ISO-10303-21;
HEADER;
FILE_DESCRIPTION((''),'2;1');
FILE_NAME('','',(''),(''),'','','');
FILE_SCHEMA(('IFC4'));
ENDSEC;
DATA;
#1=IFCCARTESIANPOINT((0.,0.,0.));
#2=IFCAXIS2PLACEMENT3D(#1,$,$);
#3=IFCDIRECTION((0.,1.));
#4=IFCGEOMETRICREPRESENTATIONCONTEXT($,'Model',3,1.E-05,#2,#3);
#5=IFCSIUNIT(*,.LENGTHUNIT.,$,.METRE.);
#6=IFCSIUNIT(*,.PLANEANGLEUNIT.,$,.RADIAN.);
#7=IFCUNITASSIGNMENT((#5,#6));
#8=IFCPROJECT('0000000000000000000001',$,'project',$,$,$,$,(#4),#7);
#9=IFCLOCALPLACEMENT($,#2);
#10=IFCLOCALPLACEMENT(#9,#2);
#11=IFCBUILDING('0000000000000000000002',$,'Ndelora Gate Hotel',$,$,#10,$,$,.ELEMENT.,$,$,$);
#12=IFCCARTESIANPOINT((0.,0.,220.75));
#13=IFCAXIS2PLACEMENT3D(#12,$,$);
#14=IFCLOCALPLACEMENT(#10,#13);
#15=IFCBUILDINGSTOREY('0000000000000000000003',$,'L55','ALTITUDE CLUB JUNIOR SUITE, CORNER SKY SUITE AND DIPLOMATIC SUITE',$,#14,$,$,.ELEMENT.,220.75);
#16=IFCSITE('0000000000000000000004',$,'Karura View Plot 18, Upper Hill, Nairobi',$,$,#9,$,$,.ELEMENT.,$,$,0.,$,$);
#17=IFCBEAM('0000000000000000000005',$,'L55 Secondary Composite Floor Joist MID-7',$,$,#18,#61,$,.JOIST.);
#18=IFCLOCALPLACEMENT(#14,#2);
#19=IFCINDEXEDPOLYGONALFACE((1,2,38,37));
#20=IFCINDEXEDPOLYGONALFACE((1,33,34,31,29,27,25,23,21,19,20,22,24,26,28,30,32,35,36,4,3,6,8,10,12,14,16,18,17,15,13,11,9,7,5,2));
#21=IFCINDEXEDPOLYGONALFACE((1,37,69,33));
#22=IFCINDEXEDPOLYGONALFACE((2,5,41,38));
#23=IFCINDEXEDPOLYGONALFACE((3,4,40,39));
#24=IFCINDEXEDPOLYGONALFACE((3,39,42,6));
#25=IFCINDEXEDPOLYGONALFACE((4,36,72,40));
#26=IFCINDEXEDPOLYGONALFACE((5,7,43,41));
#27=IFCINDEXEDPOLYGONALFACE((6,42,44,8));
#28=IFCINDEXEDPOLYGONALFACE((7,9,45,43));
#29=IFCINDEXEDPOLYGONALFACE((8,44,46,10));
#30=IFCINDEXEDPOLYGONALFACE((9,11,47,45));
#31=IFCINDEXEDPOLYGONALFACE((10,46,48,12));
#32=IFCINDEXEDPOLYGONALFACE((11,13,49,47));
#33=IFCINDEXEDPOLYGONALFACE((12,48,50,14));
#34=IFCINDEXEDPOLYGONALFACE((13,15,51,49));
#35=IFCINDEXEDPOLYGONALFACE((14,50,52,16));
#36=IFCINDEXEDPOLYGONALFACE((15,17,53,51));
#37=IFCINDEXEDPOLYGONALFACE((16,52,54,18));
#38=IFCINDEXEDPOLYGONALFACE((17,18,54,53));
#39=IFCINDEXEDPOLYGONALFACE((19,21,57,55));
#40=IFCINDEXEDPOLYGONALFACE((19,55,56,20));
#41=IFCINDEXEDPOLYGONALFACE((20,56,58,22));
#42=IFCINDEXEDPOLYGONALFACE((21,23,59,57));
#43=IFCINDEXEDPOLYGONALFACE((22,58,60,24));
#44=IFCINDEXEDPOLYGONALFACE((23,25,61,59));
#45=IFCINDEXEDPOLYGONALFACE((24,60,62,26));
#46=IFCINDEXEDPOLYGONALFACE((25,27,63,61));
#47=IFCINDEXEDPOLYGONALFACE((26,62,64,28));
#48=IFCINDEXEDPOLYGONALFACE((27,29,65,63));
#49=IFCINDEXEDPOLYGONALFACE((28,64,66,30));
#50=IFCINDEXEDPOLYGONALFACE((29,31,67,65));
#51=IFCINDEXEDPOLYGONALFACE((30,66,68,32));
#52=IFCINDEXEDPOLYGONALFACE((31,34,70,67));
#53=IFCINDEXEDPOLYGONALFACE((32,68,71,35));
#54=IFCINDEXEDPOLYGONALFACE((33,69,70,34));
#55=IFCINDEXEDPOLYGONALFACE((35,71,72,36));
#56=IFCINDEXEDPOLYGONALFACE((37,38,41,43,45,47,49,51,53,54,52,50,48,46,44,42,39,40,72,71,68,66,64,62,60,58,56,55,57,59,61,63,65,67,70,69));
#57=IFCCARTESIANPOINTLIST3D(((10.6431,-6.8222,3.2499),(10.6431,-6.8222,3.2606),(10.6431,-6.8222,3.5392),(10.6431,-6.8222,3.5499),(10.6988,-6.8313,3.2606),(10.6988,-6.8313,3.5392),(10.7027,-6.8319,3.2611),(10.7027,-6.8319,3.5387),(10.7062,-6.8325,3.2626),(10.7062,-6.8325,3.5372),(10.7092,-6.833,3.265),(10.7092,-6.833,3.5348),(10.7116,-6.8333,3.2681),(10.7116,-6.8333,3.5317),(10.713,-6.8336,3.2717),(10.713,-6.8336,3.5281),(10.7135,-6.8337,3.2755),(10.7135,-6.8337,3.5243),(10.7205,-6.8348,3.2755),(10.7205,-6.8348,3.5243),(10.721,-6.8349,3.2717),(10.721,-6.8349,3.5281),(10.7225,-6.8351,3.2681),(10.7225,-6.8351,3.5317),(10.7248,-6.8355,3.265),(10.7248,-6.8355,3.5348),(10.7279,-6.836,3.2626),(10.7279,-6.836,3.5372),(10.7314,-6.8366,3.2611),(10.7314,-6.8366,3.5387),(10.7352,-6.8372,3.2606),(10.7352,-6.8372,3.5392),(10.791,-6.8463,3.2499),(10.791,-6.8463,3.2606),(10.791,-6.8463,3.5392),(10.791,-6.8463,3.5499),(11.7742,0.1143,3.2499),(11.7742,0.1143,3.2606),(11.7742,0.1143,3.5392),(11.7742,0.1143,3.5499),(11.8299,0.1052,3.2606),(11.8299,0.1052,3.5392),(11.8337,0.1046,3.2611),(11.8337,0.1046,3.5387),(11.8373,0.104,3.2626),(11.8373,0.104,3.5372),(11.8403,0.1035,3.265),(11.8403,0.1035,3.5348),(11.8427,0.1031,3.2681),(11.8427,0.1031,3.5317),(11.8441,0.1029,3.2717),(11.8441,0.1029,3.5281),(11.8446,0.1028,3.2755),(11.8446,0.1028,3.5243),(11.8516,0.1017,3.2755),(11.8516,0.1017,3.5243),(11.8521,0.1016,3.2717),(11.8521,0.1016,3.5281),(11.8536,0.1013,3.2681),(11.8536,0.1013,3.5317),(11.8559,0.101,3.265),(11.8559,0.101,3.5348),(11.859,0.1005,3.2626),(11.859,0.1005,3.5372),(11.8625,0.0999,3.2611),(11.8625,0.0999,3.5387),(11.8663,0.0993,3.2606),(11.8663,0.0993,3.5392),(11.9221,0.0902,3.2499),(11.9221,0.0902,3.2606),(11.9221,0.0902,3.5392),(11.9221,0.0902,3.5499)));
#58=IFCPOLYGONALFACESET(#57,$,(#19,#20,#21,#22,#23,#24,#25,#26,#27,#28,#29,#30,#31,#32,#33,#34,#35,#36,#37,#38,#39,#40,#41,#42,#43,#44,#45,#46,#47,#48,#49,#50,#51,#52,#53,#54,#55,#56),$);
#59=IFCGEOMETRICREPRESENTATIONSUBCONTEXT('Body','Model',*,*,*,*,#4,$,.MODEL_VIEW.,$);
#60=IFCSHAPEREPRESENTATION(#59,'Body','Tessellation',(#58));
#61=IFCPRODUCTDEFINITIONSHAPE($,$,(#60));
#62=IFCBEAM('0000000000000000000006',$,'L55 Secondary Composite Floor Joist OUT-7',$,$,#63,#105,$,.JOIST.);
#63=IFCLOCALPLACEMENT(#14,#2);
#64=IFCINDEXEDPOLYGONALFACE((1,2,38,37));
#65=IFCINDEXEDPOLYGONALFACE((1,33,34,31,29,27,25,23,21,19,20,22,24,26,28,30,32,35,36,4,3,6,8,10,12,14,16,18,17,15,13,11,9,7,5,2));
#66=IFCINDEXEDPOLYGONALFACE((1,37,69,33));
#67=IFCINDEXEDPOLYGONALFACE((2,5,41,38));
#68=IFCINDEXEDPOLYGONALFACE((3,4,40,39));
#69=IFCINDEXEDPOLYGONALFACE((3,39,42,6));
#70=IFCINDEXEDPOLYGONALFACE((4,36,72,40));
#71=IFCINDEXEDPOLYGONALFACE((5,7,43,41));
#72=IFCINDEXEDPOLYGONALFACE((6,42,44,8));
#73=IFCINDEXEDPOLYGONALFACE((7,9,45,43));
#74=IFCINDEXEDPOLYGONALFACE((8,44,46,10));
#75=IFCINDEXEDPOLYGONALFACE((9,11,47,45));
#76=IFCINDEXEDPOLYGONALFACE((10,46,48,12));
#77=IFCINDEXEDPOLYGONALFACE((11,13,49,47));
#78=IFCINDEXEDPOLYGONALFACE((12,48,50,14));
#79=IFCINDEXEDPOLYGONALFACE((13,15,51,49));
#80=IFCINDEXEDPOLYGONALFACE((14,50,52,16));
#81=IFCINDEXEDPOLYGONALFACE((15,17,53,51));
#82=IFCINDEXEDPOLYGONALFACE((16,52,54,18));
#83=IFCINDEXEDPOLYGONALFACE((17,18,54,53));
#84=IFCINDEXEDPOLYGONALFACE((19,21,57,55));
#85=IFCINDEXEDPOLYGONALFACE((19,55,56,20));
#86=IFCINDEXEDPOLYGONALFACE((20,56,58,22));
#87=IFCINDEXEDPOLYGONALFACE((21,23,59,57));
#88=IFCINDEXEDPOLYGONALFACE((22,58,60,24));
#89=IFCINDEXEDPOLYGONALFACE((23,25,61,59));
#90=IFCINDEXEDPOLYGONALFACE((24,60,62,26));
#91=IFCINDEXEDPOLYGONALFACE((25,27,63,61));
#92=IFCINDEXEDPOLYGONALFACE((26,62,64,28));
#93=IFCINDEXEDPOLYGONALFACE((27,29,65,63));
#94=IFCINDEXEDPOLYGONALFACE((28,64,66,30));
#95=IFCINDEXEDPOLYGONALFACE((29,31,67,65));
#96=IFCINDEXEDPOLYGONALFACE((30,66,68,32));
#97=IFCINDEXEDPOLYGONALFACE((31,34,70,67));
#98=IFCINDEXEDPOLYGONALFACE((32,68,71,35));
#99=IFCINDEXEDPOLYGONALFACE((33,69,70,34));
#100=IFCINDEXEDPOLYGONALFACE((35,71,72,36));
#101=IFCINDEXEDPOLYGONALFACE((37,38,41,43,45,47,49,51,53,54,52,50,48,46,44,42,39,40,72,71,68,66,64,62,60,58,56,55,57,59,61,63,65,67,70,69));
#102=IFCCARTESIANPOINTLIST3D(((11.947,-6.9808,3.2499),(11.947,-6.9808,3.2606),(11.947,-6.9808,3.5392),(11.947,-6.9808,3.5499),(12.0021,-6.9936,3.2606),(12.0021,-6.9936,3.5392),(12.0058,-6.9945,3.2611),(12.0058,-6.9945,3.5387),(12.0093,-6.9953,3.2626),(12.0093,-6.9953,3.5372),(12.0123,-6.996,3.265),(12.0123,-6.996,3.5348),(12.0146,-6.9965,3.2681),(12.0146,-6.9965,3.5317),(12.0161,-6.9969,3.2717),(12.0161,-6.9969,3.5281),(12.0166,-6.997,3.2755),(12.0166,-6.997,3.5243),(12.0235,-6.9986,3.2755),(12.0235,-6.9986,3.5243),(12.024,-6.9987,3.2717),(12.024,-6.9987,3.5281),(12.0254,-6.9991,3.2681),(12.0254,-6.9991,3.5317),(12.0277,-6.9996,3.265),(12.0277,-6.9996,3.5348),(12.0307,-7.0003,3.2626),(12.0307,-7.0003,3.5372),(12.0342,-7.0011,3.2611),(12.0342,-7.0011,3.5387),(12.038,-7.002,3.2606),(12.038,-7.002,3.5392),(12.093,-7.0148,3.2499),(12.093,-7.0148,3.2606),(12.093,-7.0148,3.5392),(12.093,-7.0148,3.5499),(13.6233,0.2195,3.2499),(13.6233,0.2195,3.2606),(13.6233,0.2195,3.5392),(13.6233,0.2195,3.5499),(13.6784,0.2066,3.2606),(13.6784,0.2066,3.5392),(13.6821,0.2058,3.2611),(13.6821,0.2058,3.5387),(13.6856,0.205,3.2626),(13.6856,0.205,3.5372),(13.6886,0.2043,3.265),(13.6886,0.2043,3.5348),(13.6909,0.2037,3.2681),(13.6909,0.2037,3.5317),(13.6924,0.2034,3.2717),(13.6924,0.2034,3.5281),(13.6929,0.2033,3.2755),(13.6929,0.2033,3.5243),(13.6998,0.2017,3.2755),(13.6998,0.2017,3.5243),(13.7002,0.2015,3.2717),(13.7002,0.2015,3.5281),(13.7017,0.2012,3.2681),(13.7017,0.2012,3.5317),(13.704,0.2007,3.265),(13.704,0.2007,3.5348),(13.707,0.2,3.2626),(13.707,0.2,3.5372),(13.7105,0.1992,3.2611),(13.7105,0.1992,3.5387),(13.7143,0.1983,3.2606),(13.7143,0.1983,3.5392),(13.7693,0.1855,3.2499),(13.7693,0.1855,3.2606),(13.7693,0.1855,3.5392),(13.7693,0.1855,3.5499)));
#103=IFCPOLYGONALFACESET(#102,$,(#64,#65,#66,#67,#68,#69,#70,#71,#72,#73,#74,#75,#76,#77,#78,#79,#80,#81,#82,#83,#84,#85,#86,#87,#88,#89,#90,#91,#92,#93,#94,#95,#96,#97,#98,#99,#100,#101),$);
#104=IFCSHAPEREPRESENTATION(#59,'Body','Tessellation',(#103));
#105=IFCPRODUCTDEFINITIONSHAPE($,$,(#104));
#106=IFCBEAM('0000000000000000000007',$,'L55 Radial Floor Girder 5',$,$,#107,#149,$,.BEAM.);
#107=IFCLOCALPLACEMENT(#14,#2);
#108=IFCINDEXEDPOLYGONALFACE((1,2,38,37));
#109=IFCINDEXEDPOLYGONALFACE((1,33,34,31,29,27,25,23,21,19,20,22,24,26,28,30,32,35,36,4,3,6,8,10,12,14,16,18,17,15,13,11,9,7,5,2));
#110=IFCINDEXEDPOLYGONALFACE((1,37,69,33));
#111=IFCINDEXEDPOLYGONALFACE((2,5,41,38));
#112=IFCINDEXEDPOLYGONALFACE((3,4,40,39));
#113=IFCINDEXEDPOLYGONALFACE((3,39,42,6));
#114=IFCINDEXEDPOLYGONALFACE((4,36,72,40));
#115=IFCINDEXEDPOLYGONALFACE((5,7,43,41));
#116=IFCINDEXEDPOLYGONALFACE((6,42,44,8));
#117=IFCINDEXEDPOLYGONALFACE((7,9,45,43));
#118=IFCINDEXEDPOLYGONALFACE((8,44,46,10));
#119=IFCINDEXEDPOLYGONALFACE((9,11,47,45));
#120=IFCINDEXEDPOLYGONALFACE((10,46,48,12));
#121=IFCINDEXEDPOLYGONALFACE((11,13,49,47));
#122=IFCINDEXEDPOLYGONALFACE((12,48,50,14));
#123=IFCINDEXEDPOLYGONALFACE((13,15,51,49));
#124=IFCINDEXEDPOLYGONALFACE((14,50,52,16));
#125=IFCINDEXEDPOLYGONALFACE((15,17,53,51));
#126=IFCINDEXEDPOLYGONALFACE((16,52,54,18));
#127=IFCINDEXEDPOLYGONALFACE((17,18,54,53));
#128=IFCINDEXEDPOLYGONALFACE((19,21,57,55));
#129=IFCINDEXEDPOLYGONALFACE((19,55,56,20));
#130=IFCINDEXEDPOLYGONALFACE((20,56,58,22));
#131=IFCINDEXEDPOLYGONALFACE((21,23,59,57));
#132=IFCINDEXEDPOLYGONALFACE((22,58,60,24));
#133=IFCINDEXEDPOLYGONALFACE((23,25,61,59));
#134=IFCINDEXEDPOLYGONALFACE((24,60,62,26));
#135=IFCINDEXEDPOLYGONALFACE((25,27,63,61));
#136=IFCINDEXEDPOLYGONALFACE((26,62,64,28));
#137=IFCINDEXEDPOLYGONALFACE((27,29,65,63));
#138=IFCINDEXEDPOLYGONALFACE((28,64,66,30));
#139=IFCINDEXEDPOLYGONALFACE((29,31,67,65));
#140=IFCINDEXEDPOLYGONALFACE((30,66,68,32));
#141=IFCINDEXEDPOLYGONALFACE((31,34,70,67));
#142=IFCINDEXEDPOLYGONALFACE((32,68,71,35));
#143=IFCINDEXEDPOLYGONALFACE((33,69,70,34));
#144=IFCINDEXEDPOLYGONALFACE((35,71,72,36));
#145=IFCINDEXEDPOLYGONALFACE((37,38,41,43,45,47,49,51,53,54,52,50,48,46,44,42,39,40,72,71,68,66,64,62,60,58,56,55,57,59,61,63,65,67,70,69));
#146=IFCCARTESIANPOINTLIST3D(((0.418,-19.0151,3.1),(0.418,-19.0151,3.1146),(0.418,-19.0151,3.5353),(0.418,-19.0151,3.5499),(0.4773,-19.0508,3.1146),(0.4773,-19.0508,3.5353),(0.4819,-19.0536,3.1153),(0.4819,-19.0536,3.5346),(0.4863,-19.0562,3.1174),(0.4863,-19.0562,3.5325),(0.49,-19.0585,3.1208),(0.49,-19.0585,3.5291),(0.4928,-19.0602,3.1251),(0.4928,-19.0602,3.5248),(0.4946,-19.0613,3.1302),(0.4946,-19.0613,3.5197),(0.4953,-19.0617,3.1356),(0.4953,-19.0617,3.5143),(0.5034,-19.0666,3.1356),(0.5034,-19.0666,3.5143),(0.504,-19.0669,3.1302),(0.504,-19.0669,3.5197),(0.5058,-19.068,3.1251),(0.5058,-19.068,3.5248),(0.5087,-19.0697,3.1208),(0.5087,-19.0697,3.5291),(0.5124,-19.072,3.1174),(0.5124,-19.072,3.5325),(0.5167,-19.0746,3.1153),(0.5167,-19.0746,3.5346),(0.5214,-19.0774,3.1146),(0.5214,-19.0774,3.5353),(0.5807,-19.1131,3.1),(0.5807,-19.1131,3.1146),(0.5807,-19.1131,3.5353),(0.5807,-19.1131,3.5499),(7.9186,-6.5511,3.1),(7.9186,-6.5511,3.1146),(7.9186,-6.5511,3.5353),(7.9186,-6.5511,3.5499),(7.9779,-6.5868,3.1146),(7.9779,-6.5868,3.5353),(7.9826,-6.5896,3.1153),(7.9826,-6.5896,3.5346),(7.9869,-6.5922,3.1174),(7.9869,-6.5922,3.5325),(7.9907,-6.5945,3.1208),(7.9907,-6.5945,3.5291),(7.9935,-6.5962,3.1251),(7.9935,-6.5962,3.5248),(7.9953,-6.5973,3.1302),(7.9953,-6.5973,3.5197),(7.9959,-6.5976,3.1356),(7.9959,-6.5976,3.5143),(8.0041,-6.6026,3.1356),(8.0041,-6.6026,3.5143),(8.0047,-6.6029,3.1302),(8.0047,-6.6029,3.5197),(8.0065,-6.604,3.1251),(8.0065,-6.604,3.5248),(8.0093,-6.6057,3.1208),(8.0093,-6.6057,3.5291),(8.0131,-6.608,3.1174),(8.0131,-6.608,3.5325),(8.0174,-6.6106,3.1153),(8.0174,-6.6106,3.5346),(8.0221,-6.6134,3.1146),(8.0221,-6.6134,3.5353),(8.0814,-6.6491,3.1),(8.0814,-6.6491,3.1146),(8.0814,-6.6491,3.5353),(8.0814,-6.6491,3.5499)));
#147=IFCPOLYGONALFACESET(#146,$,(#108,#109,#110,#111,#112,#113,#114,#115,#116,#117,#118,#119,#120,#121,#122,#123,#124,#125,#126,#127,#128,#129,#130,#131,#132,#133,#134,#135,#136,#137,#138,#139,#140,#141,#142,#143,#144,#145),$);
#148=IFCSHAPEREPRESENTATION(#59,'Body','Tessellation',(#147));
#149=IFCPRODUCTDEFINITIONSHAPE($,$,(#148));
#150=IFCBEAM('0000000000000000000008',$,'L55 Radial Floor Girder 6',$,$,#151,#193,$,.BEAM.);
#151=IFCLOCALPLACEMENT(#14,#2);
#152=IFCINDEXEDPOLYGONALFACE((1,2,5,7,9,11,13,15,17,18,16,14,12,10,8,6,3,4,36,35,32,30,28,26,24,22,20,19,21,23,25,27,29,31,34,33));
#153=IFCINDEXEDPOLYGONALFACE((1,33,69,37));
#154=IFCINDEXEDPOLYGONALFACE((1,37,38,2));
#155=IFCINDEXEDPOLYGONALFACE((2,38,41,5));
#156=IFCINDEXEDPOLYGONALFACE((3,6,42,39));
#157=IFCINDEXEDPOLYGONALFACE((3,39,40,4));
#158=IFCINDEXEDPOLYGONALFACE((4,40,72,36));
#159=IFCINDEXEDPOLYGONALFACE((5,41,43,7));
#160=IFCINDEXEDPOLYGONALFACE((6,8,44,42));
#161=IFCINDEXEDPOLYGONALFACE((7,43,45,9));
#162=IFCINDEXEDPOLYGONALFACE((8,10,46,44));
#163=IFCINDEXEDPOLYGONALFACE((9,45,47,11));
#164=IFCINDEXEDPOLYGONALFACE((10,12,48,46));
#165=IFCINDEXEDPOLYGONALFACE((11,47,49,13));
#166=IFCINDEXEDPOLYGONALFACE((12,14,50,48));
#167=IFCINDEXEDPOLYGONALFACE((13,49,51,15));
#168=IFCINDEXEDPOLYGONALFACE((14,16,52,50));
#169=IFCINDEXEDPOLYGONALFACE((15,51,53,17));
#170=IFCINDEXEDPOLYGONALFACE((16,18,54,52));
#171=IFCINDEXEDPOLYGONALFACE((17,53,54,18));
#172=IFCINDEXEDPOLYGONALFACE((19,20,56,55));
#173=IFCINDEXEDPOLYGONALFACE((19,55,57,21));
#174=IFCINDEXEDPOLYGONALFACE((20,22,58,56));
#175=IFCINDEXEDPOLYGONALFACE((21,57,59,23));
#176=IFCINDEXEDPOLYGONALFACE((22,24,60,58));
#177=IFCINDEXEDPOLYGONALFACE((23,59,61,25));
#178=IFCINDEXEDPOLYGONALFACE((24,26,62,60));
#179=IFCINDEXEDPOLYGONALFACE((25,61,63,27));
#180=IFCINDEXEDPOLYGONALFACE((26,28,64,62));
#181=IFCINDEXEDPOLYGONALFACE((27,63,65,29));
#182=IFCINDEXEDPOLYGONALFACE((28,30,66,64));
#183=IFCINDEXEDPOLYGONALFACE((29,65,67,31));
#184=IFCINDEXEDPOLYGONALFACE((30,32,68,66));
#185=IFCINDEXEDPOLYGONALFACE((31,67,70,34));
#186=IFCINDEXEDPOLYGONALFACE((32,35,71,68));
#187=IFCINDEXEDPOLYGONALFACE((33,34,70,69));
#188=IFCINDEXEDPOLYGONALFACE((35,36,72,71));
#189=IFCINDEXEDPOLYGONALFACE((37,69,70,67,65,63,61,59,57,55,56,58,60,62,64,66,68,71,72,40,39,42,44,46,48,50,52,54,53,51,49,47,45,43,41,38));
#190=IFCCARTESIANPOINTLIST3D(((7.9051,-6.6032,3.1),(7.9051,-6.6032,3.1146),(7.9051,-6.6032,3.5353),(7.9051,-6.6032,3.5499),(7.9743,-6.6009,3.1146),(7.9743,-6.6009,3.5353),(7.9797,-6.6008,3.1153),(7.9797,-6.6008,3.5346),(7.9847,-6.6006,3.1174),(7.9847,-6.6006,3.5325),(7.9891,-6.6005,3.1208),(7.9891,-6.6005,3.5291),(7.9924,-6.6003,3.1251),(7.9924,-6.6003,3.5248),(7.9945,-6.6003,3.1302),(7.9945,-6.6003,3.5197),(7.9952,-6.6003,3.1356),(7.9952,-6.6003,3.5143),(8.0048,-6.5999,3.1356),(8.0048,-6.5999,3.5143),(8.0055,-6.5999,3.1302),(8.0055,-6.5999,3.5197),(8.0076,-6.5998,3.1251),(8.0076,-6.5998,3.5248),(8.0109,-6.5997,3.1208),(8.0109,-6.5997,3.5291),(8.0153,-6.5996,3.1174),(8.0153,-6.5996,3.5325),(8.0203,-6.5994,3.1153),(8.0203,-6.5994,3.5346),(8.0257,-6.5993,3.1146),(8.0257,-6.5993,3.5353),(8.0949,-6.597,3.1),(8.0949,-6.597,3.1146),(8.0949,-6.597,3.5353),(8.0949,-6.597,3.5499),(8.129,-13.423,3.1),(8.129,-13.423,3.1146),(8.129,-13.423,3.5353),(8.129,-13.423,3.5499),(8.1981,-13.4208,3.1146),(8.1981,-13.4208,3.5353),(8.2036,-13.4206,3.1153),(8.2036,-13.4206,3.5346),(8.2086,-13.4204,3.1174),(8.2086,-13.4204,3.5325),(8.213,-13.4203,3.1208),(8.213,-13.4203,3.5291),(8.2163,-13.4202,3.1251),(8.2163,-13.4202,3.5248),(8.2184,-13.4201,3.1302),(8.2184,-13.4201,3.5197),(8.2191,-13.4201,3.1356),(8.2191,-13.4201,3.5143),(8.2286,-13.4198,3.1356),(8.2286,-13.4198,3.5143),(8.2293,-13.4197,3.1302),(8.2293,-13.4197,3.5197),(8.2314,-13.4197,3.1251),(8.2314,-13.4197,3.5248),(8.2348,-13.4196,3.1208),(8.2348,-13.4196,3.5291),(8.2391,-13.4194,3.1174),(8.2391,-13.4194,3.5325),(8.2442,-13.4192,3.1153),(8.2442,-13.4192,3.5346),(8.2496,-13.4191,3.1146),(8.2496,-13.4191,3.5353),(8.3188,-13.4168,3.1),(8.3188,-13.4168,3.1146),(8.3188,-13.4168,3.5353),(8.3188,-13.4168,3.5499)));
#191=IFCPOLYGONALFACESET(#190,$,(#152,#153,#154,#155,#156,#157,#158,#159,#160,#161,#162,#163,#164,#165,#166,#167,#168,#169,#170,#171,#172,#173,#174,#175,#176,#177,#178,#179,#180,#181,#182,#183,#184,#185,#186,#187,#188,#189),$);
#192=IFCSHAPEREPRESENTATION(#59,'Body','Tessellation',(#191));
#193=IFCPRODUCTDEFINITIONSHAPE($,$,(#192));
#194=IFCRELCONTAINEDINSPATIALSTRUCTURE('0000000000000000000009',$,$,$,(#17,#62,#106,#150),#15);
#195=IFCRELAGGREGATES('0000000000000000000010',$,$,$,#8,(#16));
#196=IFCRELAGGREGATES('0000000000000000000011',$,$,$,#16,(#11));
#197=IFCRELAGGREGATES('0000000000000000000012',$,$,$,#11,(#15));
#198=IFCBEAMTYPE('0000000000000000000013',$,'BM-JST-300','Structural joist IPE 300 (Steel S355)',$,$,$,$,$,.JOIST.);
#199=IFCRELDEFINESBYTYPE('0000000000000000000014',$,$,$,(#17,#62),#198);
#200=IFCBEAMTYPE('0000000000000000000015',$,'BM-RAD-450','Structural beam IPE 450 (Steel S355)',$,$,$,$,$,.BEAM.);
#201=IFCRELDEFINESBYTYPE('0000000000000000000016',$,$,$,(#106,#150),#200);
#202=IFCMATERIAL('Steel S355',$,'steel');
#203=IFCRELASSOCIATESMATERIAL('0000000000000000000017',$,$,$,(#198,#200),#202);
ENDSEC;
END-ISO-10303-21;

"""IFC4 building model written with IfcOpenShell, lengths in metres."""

from ifc_helpers import new_model, si_unit, direction, frame, origin, origin_2d, place, context, subcontext, project, spatial, i_section, extrude, material, material_profile, profile_set, type_object, element, save


model = new_model("IFC4")

# Units and contexts
model_context = context("Model", 3, precision=1e-05, world=origin(), true_north=direction((0.0, 1.0)))
body_context = subcontext(model_context, "Body", "Model", "MODEL_VIEW")
ifc_project = project(units=[si_unit("LENGTHUNIT", "METRE"), si_unit("PLANEANGLEUNIT", "RADIAN")], contexts=[model_context])

# Site, building, storey
site_placement = place(None, origin())
site = spatial("IfcSite", under=ifc_project, at=site_placement, Name="Karura View Plot 18, Upper Hill, Nairobi", CompositionType="ELEMENT", RefElevation=0.0)
building_placement = place(site_placement, origin())
building = spatial("IfcBuilding", under=site, at=building_placement, Name="Ndelora Gate Hotel", CompositionType="ELEMENT")
storey_placement = place(building_placement, frame((0.0, 0.0, 220.75)))
storey = spatial("IfcBuildingStorey", under=building, at=storey_placement, Name="L55", Description="ALTITUDE CLUB JUNIOR SUITE, CORNER SKY SUITE AND DIPLOMATIC SUITE", CompositionType="ELEMENT", Elevation=220.75)

# Beams
ifc_material_1 = material(Name="Steel S355", Category="steel")
ifc_material_profile_1 = material_profile(ifc_material_1, i_section(OverallWidth=0.1499, OverallDepth=0.3, WebThickness=0.0071, FlangeThickness=0.0107, FilletRadius=0.0149, at=origin_2d()), Name="IPE 300")
ifc_profile_set_1 = profile_set([ifc_material_profile_1], Name="Steel S355")
beam_type_1 = type_object("IfcBeamType", Name="BM-JST-300", Description="Structural joist IPE 300 (Steel S355)", PredefinedType="JOIST", material=ifc_profile_set_1)
beam_1_placement = place(storey_placement, frame((10.717, -6.8342, 3.3999), z_axis=(0.160939, 0.986964, 0.0), x_axis=(-0.986964, 0.160939, 0.0)))
element("IfcBeam", 1, at=beam_1_placement, inside=storey, type_object=beam_type_1, Name="L55 Secondary Composite Floor Joist MID-7", PredefinedType="JOIST", context=body_context, shape_type="SweptSolid", body=[
    extrude(i_section(OverallWidth=0.1499, OverallDepth=0.3, WebThickness=0.0071, FlangeThickness=0.0107, FilletRadius=0.0149, at=origin_2d()), origin(), (0.0, 0.0, 1.0), 7.0281),
])
beam_2_placement = place(storey_placement, frame((12.02, -6.9978, 3.3999), z_axis=(0.226745, 0.973954, 0.0), x_axis=(-0.973954, 0.226745, 0.0)))
element("IfcBeam", 2, at=beam_2_placement, inside=storey, type_object=beam_type_1, Name="L55 Secondary Composite Floor Joist OUT-7", PredefinedType="JOIST", context=body_context, shape_type="SweptSolid", body=[
    extrude(i_section(OverallWidth=0.1499, OverallDepth=0.3, WebThickness=0.0071, FlangeThickness=0.0107, FilletRadius=0.0149, at=origin_2d()), origin(), (0.0, 0.0, 1.0), 7.3928),
])
ifc_material_profile_2 = material_profile(ifc_material_1, i_section(OverallWidth=0.1899, OverallDepth=0.45, WebThickness=0.0095, FlangeThickness=0.0146, FilletRadius=0.021, at=origin_2d()), Name="IPE 450")
ifc_profile_set_2 = profile_set([ifc_material_profile_2], Name="Steel S355")
beam_type_2 = type_object("IfcBeamType", Name="BM-RAD-450", Description="Structural beam IPE 450 (Steel S355)", PredefinedType="BEAM", material=ifc_profile_set_2)
beam_3_placement = place(storey_placement, frame((8.0, -6.6001, 3.325), z_axis=(-0.515621, -0.856817, 0.0), x_axis=(0.856817, -0.515621, 0.0)))
element("IfcBeam", 3, at=beam_3_placement, inside=storey, type_object=beam_type_2, Name="L55 Radial Floor Girder 5", PredefinedType="BEAM", context=body_context, shape_type="SweptSolid", body=[
    extrude(i_section(OverallWidth=0.1899, OverallDepth=0.45, WebThickness=0.0095, FlangeThickness=0.0146, FilletRadius=0.021, at=origin_2d()), origin(), (0.0, 0.0, 1.0), 14.5469),
])
beam_4_placement = place(storey_placement, frame((8.0, -6.6001, 3.325), z_axis=(0.03281, -0.999462, 0.0), x_axis=(0.999462, 0.03281, 0.0)))
element("IfcBeam", 4, at=beam_4_placement, inside=storey, type_object=beam_type_2, Name="L55 Radial Floor Girder 6", PredefinedType="BEAM", context=body_context, shape_type="SweptSolid", body=[
    extrude(i_section(OverallWidth=0.1899, OverallDepth=0.45, WebThickness=0.0095, FlangeThickness=0.0146, FilletRadius=0.021, at=origin_2d()), origin(), (0.0, 0.0, 1.0), 6.8235),
])

save(model, "model.ifc")
